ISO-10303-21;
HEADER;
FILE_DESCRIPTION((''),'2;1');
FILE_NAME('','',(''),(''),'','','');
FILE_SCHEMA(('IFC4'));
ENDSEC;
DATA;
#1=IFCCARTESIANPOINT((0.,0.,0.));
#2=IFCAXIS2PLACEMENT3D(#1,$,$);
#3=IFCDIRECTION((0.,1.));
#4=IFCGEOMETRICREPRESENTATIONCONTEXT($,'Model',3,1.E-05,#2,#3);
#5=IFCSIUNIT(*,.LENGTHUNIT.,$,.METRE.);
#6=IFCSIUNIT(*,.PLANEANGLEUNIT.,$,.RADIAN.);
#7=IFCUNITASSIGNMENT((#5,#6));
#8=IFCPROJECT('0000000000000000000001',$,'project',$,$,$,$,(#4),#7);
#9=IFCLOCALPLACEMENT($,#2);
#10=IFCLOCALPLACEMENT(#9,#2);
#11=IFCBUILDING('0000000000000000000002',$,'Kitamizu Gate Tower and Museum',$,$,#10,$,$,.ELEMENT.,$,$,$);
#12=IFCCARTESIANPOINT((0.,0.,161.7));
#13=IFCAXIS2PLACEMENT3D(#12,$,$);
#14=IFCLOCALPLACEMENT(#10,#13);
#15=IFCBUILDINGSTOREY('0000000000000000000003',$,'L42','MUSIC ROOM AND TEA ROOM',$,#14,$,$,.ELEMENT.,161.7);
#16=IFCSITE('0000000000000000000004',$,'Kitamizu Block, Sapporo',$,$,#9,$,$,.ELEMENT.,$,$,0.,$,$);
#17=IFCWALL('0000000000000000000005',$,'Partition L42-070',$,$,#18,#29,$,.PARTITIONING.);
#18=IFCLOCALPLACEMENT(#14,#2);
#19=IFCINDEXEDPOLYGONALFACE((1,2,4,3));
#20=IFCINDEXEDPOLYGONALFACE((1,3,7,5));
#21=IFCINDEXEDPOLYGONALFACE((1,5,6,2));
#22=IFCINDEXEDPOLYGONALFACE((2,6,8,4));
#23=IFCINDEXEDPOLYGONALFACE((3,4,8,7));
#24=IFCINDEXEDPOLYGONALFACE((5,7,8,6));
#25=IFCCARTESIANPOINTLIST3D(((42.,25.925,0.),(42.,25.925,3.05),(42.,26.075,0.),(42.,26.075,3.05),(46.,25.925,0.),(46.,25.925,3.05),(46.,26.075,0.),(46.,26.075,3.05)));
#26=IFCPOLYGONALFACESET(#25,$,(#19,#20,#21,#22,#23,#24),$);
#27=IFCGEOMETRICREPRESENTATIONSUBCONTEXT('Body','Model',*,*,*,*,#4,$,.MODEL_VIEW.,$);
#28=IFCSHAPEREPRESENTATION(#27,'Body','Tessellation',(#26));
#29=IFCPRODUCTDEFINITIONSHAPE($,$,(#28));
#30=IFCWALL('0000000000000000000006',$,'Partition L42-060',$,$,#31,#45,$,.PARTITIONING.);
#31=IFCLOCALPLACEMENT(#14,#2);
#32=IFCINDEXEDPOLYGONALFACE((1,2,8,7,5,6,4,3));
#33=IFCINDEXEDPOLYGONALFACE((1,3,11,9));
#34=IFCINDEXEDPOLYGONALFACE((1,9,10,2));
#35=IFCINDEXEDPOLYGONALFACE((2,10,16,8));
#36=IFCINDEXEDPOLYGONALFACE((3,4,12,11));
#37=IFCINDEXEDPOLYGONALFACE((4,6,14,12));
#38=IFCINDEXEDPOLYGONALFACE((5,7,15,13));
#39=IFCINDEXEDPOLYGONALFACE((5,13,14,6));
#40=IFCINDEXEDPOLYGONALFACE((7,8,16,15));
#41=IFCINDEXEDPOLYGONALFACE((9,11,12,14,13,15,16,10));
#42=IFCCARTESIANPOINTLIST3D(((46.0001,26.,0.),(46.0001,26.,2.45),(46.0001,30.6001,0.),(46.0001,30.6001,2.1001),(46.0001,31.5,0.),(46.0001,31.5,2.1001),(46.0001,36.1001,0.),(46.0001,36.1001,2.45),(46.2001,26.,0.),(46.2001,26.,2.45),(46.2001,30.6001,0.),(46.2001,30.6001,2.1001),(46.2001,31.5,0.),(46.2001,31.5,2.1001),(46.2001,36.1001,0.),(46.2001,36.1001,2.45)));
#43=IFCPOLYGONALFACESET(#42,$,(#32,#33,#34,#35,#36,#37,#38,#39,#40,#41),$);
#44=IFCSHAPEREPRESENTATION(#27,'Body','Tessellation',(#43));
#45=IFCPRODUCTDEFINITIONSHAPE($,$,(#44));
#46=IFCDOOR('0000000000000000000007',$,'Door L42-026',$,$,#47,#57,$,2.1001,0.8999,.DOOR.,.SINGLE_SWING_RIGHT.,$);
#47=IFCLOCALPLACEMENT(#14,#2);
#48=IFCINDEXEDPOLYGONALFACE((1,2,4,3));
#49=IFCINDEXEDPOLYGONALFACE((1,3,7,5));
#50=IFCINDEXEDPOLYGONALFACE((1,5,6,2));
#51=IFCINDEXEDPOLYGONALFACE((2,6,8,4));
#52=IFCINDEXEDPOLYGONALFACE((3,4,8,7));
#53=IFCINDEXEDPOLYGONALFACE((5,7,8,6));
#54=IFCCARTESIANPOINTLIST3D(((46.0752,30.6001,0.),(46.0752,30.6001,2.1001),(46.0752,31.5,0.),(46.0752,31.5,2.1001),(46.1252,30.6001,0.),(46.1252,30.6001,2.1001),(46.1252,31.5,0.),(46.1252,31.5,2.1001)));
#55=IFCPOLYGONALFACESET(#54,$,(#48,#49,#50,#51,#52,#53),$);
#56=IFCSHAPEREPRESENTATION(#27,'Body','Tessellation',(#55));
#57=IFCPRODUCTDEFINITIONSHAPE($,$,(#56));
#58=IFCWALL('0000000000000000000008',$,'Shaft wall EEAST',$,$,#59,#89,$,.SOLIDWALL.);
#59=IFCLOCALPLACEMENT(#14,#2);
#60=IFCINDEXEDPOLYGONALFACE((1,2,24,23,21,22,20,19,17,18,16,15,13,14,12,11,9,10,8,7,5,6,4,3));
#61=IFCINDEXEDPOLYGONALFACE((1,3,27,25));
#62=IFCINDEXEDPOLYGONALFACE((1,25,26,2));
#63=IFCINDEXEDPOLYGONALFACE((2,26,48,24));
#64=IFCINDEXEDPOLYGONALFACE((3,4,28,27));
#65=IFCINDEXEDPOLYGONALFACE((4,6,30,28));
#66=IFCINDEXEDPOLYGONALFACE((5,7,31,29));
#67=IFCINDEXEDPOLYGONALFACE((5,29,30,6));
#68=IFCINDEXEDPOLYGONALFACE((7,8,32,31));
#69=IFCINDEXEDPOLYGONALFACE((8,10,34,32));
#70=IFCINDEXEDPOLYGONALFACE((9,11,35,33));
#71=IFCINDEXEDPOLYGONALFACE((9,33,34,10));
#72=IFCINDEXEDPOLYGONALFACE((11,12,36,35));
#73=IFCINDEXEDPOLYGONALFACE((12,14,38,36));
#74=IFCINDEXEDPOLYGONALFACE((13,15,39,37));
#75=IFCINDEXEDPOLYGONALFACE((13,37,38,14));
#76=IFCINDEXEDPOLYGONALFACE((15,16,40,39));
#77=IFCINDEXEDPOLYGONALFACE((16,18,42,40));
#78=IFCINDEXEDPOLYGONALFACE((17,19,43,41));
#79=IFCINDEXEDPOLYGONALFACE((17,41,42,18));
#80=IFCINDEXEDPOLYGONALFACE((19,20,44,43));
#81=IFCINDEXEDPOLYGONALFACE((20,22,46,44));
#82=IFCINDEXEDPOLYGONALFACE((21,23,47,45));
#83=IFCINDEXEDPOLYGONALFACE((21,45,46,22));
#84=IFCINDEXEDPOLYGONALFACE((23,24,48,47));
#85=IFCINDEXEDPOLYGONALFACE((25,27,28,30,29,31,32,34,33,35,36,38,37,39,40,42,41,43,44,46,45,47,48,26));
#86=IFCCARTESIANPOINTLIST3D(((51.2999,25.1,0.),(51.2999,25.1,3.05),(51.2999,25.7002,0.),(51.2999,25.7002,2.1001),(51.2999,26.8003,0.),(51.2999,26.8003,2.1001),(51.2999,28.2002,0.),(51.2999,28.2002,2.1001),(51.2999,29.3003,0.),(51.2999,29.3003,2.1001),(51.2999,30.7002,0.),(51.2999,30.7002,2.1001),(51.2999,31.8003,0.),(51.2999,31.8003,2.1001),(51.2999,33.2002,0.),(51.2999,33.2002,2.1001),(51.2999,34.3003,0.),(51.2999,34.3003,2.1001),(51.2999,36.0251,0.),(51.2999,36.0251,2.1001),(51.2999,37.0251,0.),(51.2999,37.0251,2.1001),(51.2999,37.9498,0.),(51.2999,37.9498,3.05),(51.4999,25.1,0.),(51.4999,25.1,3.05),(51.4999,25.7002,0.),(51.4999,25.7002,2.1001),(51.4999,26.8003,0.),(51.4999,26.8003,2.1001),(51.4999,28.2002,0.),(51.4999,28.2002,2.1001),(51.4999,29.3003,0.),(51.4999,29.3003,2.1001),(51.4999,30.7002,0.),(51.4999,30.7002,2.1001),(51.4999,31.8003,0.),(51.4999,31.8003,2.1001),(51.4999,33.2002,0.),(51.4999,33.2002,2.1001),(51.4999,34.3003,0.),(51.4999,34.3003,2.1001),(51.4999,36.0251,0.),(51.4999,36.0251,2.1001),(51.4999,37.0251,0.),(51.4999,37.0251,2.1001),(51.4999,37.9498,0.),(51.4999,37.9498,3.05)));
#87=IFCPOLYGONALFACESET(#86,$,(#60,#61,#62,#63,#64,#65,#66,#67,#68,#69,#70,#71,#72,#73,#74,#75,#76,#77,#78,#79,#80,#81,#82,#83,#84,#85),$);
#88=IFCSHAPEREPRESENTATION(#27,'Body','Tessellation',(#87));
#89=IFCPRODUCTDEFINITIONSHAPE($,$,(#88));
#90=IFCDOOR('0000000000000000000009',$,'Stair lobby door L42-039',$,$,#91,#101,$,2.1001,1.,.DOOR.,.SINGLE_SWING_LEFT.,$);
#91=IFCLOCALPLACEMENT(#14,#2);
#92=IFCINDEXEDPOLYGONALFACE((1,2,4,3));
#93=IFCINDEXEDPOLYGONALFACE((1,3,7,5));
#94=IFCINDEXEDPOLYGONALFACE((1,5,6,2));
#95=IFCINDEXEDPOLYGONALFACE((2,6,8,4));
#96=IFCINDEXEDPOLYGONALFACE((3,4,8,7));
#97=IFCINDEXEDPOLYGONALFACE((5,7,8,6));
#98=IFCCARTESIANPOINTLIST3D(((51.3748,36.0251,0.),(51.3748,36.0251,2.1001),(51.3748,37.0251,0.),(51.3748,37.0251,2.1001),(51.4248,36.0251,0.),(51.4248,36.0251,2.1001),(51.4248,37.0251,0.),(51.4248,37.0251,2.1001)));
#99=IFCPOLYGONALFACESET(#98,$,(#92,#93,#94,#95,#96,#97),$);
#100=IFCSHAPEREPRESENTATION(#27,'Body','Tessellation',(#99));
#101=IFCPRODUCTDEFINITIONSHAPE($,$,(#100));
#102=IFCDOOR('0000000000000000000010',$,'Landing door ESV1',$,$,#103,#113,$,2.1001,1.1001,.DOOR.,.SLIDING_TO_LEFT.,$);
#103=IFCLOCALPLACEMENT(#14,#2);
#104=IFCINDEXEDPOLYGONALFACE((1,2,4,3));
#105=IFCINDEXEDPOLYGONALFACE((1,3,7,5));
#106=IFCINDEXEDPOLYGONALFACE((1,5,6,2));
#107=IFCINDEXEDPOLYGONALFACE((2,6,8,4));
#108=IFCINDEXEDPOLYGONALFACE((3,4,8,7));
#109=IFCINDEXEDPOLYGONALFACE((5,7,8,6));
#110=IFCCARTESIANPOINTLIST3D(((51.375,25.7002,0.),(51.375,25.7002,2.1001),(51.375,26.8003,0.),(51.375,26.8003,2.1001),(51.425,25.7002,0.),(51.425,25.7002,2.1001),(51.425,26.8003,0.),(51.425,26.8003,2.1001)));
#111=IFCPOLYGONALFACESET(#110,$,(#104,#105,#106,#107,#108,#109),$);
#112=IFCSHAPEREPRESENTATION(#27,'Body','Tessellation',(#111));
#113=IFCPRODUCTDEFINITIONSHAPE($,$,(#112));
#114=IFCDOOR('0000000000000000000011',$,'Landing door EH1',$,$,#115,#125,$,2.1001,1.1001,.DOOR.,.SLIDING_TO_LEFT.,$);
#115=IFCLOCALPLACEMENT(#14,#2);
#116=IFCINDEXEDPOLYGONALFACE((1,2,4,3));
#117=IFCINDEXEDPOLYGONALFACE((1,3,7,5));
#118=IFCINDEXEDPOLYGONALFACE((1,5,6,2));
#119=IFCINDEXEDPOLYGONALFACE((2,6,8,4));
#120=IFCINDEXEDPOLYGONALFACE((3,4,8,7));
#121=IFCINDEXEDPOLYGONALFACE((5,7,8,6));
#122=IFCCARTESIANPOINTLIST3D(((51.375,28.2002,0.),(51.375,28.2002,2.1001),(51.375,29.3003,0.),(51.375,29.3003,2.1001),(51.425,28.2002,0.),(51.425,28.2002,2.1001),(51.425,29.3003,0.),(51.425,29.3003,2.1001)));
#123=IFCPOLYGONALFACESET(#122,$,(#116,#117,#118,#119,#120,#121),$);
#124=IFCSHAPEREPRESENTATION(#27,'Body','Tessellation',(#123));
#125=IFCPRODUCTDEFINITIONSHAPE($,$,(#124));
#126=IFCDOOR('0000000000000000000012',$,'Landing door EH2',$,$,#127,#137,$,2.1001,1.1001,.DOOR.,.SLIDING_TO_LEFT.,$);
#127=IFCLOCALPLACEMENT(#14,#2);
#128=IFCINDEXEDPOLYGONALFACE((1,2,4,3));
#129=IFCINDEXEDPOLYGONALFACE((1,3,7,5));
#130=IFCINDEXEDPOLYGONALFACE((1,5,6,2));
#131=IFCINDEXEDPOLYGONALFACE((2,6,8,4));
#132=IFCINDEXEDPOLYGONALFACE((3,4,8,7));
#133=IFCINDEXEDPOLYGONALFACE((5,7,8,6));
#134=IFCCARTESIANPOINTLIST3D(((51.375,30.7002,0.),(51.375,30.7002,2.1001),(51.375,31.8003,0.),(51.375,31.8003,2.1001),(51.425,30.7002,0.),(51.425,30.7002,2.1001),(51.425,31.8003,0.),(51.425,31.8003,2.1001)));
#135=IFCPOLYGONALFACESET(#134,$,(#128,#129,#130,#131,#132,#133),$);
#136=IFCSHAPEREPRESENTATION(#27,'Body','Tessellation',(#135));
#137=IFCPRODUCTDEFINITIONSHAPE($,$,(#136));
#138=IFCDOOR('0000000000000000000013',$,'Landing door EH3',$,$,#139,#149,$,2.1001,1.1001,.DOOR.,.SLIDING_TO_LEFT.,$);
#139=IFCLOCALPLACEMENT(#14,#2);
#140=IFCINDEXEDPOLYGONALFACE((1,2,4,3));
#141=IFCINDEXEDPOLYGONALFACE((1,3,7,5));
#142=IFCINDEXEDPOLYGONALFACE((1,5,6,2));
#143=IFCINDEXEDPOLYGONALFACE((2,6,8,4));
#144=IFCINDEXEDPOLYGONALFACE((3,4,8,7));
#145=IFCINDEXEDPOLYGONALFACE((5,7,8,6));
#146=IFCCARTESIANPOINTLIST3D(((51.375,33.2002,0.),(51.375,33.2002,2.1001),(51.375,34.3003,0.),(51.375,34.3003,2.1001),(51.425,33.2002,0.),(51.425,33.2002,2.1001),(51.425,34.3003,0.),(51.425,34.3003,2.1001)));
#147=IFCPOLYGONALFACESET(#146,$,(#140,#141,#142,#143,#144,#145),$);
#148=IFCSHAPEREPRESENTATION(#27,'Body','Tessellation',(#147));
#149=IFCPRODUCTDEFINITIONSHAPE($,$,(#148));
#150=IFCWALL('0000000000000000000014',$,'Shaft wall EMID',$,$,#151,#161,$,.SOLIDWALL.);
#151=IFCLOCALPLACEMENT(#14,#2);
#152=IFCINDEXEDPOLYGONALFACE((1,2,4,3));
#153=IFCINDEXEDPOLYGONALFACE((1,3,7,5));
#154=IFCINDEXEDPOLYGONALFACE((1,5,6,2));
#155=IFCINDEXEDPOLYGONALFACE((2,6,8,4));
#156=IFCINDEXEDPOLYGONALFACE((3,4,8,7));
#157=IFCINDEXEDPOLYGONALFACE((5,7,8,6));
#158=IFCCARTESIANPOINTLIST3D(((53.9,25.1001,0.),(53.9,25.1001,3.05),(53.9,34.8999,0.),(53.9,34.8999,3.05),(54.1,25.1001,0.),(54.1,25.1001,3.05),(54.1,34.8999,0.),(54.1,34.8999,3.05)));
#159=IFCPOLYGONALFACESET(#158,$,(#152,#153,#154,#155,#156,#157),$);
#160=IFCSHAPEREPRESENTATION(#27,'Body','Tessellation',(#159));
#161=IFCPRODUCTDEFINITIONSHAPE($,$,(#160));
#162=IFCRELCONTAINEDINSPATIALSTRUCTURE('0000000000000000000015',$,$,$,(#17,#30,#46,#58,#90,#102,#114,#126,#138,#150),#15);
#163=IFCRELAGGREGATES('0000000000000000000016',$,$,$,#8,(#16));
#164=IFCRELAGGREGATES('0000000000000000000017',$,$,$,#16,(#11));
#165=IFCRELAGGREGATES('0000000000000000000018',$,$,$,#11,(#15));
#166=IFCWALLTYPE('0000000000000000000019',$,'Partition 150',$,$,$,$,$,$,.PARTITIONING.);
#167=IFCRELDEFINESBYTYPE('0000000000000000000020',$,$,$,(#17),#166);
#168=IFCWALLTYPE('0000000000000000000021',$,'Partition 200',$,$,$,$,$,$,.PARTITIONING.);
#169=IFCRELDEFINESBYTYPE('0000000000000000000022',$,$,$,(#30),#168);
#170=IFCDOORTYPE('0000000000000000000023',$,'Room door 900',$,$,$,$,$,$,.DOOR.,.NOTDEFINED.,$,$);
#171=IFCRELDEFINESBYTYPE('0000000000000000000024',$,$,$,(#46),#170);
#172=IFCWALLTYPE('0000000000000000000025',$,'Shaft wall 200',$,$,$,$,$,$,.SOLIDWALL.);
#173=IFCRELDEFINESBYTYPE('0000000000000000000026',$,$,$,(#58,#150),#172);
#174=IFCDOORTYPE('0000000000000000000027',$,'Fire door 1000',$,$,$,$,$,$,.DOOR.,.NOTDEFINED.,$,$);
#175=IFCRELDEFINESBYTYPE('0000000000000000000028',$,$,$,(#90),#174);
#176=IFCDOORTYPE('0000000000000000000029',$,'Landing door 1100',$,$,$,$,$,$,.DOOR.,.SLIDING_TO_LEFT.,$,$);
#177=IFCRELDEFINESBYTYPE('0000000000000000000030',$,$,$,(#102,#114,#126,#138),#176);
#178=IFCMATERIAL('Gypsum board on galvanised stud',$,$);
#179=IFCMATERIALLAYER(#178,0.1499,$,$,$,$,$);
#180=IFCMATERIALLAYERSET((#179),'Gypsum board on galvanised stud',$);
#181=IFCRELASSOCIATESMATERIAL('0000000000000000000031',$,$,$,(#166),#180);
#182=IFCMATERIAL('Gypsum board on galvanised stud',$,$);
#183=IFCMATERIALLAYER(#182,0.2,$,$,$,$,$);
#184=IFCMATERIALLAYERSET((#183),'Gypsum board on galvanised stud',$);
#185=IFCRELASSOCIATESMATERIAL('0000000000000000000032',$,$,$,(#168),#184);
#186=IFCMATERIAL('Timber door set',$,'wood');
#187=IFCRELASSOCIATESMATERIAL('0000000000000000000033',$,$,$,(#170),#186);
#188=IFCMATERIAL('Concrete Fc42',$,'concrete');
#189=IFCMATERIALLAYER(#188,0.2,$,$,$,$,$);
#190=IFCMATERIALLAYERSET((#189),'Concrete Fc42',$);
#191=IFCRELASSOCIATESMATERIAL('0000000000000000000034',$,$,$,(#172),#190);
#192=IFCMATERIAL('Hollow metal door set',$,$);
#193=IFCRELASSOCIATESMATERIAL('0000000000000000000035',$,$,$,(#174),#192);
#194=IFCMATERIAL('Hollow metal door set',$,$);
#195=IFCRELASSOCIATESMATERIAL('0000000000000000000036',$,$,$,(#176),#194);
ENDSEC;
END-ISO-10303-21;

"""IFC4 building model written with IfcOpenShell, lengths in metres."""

from ifc_helpers import new_model, si_unit, direction, frame, frame_2d, origin, place, context, subcontext, project, spatial, rectangle, extrude, material, layer, layer_set, type_object, element, fill, save


model = new_model("IFC4")

# Units and contexts
model_context = context("Model", 3, precision=1e-05, world=origin(), true_north=direction((0.0, 1.0)))
body_context = subcontext(model_context, "Body", "Model", "MODEL_VIEW")
ifc_project = project(units=[si_unit("LENGTHUNIT", "METRE"), si_unit("PLANEANGLEUNIT", "RADIAN")], contexts=[model_context])

# Site, building, storey
site_placement = place(None, origin())
site = spatial("IfcSite", under=ifc_project, at=site_placement, Name="Kitamizu Block, Sapporo", CompositionType="ELEMENT", RefElevation=0.0)
building_placement = place(site_placement, origin())
building = spatial("IfcBuilding", under=site, at=building_placement, Name="Kitamizu Gate Tower and Museum", CompositionType="ELEMENT")
storey_placement = place(building_placement, frame((0.0, 0.0, 161.7)))
storey = spatial("IfcBuildingStorey", under=building, at=storey_placement, Name="L42", Description="MUSIC ROOM AND TEA ROOM", CompositionType="ELEMENT", Elevation=161.7)

# Wall
ifc_material_1 = material(Name="Gypsum board on galvanised stud")
ifc_layer_1 = layer(ifc_material_1, 0.1499)
ifc_layer_set_1 = layer_set([ifc_layer_1], Name="Gypsum board on galvanised stud")
wall_type_1 = type_object("IfcWallType", Name="Partition 150", PredefinedType="PARTITIONING", material=ifc_layer_set_1)
wall_1_placement = place(storey_placement, frame((46.0, 26.0, 0.0), z_axis=(0.0, 0.0, 1.0), x_axis=(-1.0, 0.0, 0.0)))
element("IfcWall", 1, at=wall_1_placement, inside=storey, type_object=wall_type_1, Name="Partition L42-070", PredefinedType="PARTITIONING", context=body_context, shape_type="SweptSolid", body=[
    extrude(rectangle(XDim=4.0, YDim=0.1499, at=frame_2d((2.0, 0.0))), origin(), (0.0, 0.0, 1.0), 3.05),
])

# Wall, opening, door
ifc_material_2 = material(Name="Gypsum board on galvanised stud")
ifc_layer_2 = layer(ifc_material_2, 0.2)
ifc_layer_set_2 = layer_set([ifc_layer_2], Name="Gypsum board on galvanised stud")
wall_type_2 = type_object("IfcWallType", Name="Partition 200", PredefinedType="PARTITIONING", material=ifc_layer_set_2)
wall_2_placement = place(storey_placement, frame((46.1001, 26.0, 0.0), z_axis=(0.0, 0.0, 1.0), x_axis=(0.0, 1.0, 0.0)))
wall_2 = element("IfcWall", 2, at=wall_2_placement, inside=storey, type_object=wall_type_2, Name="Partition L42-060", PredefinedType="PARTITIONING", context=body_context, shape_type="SweptSolid", body=[
    extrude(rectangle(XDim=10.1001, YDim=0.2, at=frame_2d((5.05, 0.0))), origin(), (0.0, 0.0, 1.0), 2.45),
])
opening_1_placement = place(wall_2_placement, frame((4.6001, 0.0, 0.0)))
opening_1 = element("IfcOpeningElement", 3, at=opening_1_placement, cuts=wall_2, PredefinedType="OPENING", context=body_context, shape_type="SweptSolid", body=[
    extrude(rectangle(XDim=0.8999, YDim=2.1001, at=frame_2d((0.45, 1.05))), frame((0.0, 0.1099, 0.0), z_axis=(0.0, -1.0, 0.0), x_axis=(1.0, 0.0, 0.0)), (0.0, 0.0, 1.0), 0.22),
])
ifc_material_3 = material(Name="Timber door set", Category="wood")
door_type_1 = type_object("IfcDoorType", Name="Room door 900", OperationType="NOTDEFINED", PredefinedType="DOOR", material=ifc_material_3)
door_1_placement = place(opening_1_placement, origin())
door_1 = element("IfcDoor", 4, at=door_1_placement, inside=storey, type_object=door_type_1, Name="Door L42-026", OperationType="SINGLE_SWING_RIGHT", OverallHeight=2.1001, OverallWidth=0.8999, PredefinedType="DOOR", context=body_context, shape_type="SweptSolid", body=[
    extrude(rectangle(XDim=0.8999, YDim=2.1001, at=frame_2d((0.45, 1.05))), frame((0.0, 0.0249, 0.0), z_axis=(0.0, -1.0, 0.0), x_axis=(1.0, 0.0, 0.0)), (0.0, 0.0, 1.0), 0.05),
])
fill(opening_1, door_1)

# Wall, openings, doors
ifc_material_4 = material(Name="Concrete Fc42", Category="concrete")
ifc_layer_3 = layer(ifc_material_4, 0.2)
ifc_layer_set_3 = layer_set([ifc_layer_3], Name="Concrete Fc42")
wall_type_3 = type_object("IfcWallType", Name="Shaft wall 200", PredefinedType="SOLIDWALL", material=ifc_layer_set_3)
wall_3_placement = place(storey_placement, frame((51.3999, 25.1001, 0.0), z_axis=(0.0, 0.0, 1.0), x_axis=(0.0, 1.0, 0.0)))
wall_3 = element("IfcWall", 5, at=wall_3_placement, inside=storey, type_object=wall_type_3, Name="Shaft wall EEAST", PredefinedType="SOLIDWALL", context=body_context, shape_type="SweptSolid", body=[
    extrude(rectangle(XDim=12.8499, YDim=0.2, at=frame_2d((6.4248, 0.0))), origin(), (0.0, 0.0, 1.0), 3.05),
])
opening_2_placement = place(wall_3_placement, frame((0.6001, 0.0, 0.0)))
opening_2 = element("IfcOpeningElement", 6, at=opening_2_placement, cuts=wall_3, PredefinedType="OPENING", context=body_context, shape_type="SweptSolid", body=[
    extrude(rectangle(XDim=1.1001, YDim=2.1001, at=frame_2d((0.55, 1.05))), frame((0.0, 0.1099, 0.0), z_axis=(0.0, -1.0, 0.0), x_axis=(1.0, 0.0, 0.0)), (0.0, 0.0, 1.0), 0.22),
])
opening_3_placement = place(wall_3_placement, frame((3.1001, 0.0, 0.0)))
opening_3 = element("IfcOpeningElement", 7, at=opening_3_placement, cuts=wall_3, PredefinedType="OPENING", context=body_context, shape_type="SweptSolid", body=[
    extrude(rectangle(XDim=1.1001, YDim=2.1001, at=frame_2d((0.55, 1.05))), frame((0.0, 0.1099, 0.0), z_axis=(0.0, -1.0, 0.0), x_axis=(1.0, 0.0, 0.0)), (0.0, 0.0, 1.0), 0.22),
])
opening_4_placement = place(wall_3_placement, frame((5.6001, 0.0, 0.0)))
opening_4 = element("IfcOpeningElement", 8, at=opening_4_placement, cuts=wall_3, PredefinedType="OPENING", context=body_context, shape_type="SweptSolid", body=[
    extrude(rectangle(XDim=1.1001, YDim=2.1001, at=frame_2d((0.55, 1.05))), frame((0.0, 0.1099, 0.0), z_axis=(0.0, -1.0, 0.0), x_axis=(1.0, 0.0, 0.0)), (0.0, 0.0, 1.0), 0.22),
])
opening_5_placement = place(wall_3_placement, frame((8.1001, 0.0, 0.0)))
opening_5 = element("IfcOpeningElement", 9, at=opening_5_placement, cuts=wall_3, PredefinedType="OPENING", context=body_context, shape_type="SweptSolid", body=[
    extrude(rectangle(XDim=1.1001, YDim=2.1001, at=frame_2d((0.55, 1.05))), frame((0.0, 0.1099, 0.0), z_axis=(0.0, -1.0, 0.0), x_axis=(1.0, 0.0, 0.0)), (0.0, 0.0, 1.0), 0.22),
])
opening_6_placement = place(wall_3_placement, frame((10.925, 0.0, 0.0)))
opening_6 = element("IfcOpeningElement", 10, at=opening_6_placement, cuts=wall_3, PredefinedType="OPENING", context=body_context, shape_type="SweptSolid", body=[
    extrude(rectangle(XDim=1.0, YDim=2.1001, at=frame_2d((0.5, 1.05))), frame((0.0, 0.1099, 0.0), z_axis=(0.0, -1.0, 0.0), x_axis=(1.0, 0.0, 0.0)), (0.0, 0.0, 1.0), 0.22),
])
ifc_material_5 = material(Name="Hollow metal door set")
door_type_2 = type_object("IfcDoorType", Name="Fire door 1000", OperationType="NOTDEFINED", PredefinedType="DOOR", material=ifc_material_5)
door_2_placement = place(opening_6_placement, frame((1.0, 0.0, 0.0), x_axis=(-1.0, 0.0, 0.0)))
door_2 = element("IfcDoor", 11, at=door_2_placement, inside=storey, type_object=door_type_2, Name="Stair lobby door L42-039", OperationType="SINGLE_SWING_LEFT", OverallHeight=2.1001, OverallWidth=1.0, PredefinedType="DOOR", context=body_context, shape_type="SweptSolid", body=[
    extrude(rectangle(XDim=1.0, YDim=2.1001, at=frame_2d((0.5, 1.05))), frame((0.0, 0.0249, 0.0), z_axis=(0.0, -1.0, 0.0), x_axis=(1.0, 0.0, 0.0)), (0.0, 0.0, 1.0), 0.05),
])
fill(opening_6, door_2)
ifc_material_6 = material(Name="Hollow metal door set")
door_type_3 = type_object("IfcDoorType", Name="Landing door 1100", OperationType="SLIDING_TO_LEFT", PredefinedType="DOOR", material=ifc_material_6)
door_3_placement = place(opening_2_placement, origin())
door_3 = element("IfcDoor", 12, at=door_3_placement, inside=storey, type_object=door_type_3, Name="Landing door ESV1", OperationType="SLIDING_TO_LEFT", OverallHeight=2.1001, OverallWidth=1.1001, PredefinedType="DOOR", context=body_context, shape_type="SweptSolid", body=[
    extrude(rectangle(XDim=1.1001, YDim=2.1001, at=frame_2d((0.55, 1.05))), frame((0.0, 0.0249, 0.0), z_axis=(0.0, -1.0, 0.0), x_axis=(1.0, 0.0, 0.0)), (0.0, 0.0, 1.0), 0.05),
])
fill(opening_2, door_3)
door_4_placement = place(opening_3_placement, origin())
door_4 = element("IfcDoor", 13, at=door_4_placement, inside=storey, type_object=door_type_3, Name="Landing door EH1", OperationType="SLIDING_TO_LEFT", OverallHeight=2.1001, OverallWidth=1.1001, PredefinedType="DOOR", context=body_context, shape_type="SweptSolid", body=[
    extrude(rectangle(XDim=1.1001, YDim=2.1001, at=frame_2d((0.55, 1.05))), frame((0.0, 0.0249, 0.0), z_axis=(0.0, -1.0, 0.0), x_axis=(1.0, 0.0, 0.0)), (0.0, 0.0, 1.0), 0.05),
])
fill(opening_3, door_4)
door_5_placement = place(opening_4_placement, origin())
door_5 = element("IfcDoor", 14, at=door_5_placement, inside=storey, type_object=door_type_3, Name="Landing door EH2", OperationType="SLIDING_TO_LEFT", OverallHeight=2.1001, OverallWidth=1.1001, PredefinedType="DOOR", context=body_context, shape_type="SweptSolid", body=[
    extrude(rectangle(XDim=1.1001, YDim=2.1001, at=frame_2d((0.55, 1.05))), frame((0.0, 0.0249, 0.0), z_axis=(0.0, -1.0, 0.0), x_axis=(1.0, 0.0, 0.0)), (0.0, 0.0, 1.0), 0.05),
])
fill(opening_4, door_5)
door_6_placement = place(opening_5_placement, origin())
door_6 = element("IfcDoor", 15, at=door_6_placement, inside=storey, type_object=door_type_3, Name="Landing door EH3", OperationType="SLIDING_TO_LEFT", OverallHeight=2.1001, OverallWidth=1.1001, PredefinedType="DOOR", context=body_context, shape_type="SweptSolid", body=[
    extrude(rectangle(XDim=1.1001, YDim=2.1001, at=frame_2d((0.55, 1.05))), frame((0.0, 0.0249, 0.0), z_axis=(0.0, -1.0, 0.0), x_axis=(1.0, 0.0, 0.0)), (0.0, 0.0, 1.0), 0.05),
])
fill(opening_5, door_6)

# Wall
wall_4_placement = place(storey_placement, frame((54.0, 25.1001, 0.0), z_axis=(0.0, 0.0, 1.0), x_axis=(0.0, 1.0, 0.0)))
element("IfcWall", 16, at=wall_4_placement, inside=storey, type_object=wall_type_3, Name="Shaft wall EMID", PredefinedType="SOLIDWALL", context=body_context, shape_type="SweptSolid", body=[
    extrude(rectangle(XDim=9.7998, YDim=0.2, at=frame_2d((4.8999, 0.0))), origin(), (0.0, 0.0, 1.0), 3.05),
])

save(model, "model.ifc")
